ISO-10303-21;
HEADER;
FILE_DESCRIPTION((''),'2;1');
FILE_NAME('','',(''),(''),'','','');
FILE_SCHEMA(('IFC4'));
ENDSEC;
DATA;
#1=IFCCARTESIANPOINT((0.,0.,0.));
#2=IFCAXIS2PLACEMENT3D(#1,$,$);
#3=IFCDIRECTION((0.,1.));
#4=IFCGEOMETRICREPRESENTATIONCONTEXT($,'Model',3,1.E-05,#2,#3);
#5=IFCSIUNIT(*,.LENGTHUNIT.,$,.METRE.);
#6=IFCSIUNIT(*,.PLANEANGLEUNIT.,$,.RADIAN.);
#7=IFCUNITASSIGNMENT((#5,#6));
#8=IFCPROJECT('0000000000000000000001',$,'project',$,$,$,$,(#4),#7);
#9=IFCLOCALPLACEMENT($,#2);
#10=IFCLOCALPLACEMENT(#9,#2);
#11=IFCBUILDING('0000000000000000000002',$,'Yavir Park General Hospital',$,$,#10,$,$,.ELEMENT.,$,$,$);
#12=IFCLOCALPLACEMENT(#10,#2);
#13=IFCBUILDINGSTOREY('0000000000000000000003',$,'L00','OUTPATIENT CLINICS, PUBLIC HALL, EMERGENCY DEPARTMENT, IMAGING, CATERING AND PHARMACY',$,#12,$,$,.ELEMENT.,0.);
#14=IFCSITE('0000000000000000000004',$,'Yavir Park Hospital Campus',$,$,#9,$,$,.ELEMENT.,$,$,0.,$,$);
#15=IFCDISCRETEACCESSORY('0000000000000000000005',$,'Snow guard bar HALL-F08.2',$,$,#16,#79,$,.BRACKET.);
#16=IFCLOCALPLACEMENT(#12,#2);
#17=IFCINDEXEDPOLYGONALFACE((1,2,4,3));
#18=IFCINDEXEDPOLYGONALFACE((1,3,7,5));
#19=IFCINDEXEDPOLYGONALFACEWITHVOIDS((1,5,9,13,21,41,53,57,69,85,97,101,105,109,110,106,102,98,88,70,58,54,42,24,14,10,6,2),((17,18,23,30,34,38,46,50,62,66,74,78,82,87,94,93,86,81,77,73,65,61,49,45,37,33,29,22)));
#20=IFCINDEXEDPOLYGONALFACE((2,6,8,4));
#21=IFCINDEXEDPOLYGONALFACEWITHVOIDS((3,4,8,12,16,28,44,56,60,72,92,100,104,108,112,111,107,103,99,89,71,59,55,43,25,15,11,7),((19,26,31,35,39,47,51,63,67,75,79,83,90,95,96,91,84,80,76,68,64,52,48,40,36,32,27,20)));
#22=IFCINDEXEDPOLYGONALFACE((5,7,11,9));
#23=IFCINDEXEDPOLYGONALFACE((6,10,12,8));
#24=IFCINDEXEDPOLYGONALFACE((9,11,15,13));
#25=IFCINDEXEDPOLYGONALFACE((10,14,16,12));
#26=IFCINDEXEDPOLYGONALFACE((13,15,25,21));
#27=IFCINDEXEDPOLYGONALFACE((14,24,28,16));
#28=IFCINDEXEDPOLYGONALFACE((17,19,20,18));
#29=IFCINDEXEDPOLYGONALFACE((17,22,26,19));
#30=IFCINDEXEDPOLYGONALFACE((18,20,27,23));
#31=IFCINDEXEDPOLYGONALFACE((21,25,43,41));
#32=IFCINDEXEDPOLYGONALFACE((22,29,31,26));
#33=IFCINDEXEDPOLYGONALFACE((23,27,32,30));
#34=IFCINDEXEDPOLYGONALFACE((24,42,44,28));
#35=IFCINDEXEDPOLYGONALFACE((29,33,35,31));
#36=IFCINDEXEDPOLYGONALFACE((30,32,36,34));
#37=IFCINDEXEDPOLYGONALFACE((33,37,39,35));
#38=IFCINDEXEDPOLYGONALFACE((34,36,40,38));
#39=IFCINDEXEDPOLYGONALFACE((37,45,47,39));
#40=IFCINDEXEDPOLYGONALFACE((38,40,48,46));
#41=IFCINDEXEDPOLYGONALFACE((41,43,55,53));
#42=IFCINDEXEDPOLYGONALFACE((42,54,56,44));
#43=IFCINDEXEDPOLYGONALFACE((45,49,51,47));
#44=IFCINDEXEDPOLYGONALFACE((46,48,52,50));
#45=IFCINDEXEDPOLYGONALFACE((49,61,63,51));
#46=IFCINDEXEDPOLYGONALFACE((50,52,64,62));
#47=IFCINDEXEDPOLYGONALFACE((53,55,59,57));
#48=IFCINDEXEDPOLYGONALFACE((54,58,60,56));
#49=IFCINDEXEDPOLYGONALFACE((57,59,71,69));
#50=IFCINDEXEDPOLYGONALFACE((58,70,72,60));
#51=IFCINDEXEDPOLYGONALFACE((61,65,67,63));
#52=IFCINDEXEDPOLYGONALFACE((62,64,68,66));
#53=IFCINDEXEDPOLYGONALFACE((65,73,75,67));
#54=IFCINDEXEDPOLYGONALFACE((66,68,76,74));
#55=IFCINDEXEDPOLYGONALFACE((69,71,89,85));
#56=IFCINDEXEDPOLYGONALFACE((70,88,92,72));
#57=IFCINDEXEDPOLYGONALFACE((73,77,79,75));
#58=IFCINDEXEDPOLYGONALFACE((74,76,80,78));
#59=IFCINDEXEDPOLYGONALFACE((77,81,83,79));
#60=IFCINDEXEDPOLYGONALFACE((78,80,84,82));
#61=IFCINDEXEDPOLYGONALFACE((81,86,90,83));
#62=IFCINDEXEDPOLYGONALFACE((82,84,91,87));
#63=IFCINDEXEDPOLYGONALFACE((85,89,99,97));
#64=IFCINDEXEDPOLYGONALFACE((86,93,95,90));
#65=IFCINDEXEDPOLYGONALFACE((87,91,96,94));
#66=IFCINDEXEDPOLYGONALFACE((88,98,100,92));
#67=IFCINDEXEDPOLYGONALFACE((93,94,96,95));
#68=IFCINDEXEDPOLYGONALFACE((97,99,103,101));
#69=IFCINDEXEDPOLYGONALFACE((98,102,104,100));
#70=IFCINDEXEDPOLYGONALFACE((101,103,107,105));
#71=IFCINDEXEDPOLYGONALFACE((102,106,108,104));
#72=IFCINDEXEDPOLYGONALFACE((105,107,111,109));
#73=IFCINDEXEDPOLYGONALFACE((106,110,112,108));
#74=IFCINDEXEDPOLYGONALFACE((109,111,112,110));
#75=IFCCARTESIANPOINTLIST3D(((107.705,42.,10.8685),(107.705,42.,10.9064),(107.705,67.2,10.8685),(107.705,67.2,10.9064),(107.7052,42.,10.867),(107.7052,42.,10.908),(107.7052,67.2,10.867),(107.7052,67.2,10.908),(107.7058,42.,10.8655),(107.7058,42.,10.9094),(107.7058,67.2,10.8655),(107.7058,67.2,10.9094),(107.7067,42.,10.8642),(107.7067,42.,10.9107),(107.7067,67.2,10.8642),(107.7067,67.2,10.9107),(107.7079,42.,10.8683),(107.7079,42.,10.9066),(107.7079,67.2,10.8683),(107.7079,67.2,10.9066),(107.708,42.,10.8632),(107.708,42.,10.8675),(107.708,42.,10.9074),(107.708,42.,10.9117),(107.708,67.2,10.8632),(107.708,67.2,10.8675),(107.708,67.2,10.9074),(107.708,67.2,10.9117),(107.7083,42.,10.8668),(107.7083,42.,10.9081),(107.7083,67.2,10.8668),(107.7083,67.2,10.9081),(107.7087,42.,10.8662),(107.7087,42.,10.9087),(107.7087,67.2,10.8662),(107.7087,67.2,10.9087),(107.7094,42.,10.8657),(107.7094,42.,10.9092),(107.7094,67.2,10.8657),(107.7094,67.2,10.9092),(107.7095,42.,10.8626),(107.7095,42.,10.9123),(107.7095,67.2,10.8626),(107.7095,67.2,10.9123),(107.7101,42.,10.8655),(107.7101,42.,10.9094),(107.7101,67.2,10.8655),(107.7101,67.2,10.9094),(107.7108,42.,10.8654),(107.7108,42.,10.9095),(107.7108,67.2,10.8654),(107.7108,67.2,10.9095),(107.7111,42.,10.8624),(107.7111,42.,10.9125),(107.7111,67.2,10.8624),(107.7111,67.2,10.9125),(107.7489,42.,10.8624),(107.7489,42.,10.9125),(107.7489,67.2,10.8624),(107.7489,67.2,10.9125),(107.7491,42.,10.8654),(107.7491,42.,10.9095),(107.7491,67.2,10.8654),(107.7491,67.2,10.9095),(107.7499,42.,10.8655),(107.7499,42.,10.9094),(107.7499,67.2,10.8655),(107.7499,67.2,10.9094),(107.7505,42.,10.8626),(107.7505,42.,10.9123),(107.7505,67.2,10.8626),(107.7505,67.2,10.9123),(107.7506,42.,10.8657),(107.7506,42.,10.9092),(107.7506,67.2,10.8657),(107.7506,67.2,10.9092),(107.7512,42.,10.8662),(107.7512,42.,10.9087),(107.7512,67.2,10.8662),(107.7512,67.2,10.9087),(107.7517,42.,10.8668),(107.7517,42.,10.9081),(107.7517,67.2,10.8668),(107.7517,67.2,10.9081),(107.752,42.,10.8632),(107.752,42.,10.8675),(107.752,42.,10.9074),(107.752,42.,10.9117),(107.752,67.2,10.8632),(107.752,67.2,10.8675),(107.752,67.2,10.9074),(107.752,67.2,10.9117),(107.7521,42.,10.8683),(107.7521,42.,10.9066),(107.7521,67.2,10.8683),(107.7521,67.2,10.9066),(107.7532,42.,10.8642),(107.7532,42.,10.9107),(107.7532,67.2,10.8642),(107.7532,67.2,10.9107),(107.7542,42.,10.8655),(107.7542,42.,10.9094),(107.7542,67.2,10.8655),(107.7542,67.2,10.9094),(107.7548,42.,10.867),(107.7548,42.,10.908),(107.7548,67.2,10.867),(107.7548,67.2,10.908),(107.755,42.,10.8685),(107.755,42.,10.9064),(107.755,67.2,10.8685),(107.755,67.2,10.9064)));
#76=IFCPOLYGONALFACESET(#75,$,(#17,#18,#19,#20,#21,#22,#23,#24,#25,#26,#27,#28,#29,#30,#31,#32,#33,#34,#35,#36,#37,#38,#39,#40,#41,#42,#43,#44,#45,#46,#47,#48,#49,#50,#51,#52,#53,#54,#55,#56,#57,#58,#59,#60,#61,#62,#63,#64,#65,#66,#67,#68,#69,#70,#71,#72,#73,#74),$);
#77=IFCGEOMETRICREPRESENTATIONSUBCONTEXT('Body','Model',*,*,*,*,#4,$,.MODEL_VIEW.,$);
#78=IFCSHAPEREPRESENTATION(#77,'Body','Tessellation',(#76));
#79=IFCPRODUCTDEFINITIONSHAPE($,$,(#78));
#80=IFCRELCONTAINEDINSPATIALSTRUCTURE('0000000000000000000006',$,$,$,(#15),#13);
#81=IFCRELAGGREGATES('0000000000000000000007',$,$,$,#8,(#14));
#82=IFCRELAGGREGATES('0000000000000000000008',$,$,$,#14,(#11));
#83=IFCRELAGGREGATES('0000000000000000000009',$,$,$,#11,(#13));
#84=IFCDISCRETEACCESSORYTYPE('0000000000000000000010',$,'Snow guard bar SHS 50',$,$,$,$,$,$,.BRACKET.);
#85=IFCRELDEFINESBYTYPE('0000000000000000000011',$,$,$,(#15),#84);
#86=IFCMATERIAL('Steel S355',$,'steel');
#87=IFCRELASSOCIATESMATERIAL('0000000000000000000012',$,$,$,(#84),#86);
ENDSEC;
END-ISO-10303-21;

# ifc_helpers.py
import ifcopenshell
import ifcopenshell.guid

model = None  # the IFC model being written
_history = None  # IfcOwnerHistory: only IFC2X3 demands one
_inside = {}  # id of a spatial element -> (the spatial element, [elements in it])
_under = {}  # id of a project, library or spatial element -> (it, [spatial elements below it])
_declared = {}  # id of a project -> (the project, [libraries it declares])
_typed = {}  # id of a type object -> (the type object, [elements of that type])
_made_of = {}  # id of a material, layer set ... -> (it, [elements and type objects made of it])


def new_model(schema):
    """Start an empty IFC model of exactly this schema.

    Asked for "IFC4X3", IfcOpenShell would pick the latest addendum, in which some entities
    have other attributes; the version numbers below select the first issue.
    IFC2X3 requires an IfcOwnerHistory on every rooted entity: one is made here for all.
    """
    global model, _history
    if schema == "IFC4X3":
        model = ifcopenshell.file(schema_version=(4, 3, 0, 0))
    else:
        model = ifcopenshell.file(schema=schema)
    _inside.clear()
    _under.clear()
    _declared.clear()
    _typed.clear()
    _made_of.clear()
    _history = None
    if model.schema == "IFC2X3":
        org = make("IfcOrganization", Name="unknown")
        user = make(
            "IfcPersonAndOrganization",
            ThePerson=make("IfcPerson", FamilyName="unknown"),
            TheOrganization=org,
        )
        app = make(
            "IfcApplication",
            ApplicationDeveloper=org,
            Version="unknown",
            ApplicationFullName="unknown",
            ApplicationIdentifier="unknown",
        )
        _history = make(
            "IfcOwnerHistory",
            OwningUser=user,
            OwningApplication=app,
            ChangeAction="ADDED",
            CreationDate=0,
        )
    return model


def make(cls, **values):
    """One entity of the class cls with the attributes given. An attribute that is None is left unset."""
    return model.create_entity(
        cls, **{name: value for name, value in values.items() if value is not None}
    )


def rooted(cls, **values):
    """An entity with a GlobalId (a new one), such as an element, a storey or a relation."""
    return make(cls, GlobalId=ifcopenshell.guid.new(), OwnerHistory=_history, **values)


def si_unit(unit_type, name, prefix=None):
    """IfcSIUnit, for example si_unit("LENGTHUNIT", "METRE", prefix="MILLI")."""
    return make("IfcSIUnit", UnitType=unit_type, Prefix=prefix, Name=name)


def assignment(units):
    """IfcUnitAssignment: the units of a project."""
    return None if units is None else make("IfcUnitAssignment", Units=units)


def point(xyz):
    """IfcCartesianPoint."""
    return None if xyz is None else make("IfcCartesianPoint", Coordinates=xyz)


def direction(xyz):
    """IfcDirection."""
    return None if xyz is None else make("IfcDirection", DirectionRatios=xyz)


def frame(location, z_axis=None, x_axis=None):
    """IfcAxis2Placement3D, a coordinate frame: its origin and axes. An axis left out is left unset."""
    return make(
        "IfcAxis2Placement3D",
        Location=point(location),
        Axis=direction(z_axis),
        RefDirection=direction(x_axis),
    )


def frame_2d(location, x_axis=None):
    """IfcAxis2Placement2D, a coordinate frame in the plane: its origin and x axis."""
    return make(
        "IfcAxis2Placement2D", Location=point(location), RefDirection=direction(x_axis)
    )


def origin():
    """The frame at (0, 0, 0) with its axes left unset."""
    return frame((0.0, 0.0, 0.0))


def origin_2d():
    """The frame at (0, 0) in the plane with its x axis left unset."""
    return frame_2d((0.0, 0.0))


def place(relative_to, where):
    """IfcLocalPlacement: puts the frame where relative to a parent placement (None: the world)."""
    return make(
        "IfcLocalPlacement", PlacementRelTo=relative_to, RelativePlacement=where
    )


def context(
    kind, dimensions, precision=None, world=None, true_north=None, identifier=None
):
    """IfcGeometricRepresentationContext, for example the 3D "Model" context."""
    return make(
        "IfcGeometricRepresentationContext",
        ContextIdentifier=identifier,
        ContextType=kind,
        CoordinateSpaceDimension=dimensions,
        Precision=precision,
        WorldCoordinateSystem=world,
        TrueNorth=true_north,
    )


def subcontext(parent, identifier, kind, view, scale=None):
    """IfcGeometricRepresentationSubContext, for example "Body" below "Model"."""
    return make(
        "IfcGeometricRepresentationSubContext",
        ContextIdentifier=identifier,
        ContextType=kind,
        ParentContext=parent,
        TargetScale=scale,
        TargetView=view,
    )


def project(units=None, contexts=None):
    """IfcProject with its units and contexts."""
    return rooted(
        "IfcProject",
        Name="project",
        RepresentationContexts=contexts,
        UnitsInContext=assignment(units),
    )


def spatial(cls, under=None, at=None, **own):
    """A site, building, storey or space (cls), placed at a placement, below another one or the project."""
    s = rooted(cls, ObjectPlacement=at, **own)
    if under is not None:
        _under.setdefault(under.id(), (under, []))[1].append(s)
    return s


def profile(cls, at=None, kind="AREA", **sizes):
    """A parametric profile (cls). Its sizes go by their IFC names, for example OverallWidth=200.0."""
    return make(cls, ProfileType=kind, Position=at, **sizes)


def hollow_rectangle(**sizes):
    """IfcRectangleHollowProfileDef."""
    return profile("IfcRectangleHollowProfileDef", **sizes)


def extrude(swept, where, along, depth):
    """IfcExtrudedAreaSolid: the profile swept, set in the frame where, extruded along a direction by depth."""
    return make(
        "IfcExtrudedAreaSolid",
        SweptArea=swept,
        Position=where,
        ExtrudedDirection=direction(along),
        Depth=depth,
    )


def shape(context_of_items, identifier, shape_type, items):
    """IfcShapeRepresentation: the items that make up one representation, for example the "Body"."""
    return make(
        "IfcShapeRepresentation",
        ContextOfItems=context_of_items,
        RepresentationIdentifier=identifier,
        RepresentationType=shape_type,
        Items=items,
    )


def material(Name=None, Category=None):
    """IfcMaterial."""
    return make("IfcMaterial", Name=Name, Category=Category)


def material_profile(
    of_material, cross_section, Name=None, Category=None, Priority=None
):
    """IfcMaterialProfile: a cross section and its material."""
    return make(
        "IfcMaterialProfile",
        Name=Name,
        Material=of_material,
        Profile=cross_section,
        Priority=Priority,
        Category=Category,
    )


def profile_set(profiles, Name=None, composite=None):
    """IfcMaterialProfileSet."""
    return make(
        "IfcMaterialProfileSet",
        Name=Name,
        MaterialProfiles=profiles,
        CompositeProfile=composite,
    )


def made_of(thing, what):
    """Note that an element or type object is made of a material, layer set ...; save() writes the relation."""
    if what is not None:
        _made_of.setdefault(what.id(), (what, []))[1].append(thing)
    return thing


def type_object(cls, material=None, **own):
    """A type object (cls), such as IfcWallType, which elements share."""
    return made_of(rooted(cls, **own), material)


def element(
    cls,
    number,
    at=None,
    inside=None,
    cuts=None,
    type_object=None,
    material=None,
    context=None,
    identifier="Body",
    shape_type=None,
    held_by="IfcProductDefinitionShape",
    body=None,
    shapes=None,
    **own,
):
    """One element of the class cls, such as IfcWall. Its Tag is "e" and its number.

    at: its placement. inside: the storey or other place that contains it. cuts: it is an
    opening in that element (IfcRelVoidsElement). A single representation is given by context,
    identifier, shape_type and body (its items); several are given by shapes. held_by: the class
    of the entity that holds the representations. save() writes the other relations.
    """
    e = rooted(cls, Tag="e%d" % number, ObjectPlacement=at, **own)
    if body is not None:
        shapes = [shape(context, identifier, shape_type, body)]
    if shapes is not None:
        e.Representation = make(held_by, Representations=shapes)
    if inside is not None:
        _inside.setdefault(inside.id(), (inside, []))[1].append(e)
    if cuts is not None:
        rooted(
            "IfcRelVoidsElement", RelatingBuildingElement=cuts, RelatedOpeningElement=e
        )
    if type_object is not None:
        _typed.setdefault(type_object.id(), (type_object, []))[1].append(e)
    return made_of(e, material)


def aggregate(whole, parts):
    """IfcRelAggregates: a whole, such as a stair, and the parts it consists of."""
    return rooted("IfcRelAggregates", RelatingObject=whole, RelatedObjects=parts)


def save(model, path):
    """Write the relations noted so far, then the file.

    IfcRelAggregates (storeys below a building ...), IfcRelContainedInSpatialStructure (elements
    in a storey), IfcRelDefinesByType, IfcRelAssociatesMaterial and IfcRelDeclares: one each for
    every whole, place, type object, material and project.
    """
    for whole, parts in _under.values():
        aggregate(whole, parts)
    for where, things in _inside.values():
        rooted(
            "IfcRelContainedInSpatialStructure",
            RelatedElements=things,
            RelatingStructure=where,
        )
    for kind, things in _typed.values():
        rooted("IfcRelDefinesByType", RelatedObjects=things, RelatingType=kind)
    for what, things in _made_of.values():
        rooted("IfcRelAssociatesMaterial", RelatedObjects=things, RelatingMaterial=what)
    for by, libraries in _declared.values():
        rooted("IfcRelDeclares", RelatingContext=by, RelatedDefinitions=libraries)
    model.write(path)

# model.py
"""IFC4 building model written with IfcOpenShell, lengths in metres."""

from ifc_helpers import new_model, si_unit, direction, frame, origin, origin_2d, place, context, subcontext, project, spatial, hollow_rectangle, extrude, material, material_profile, profile_set, type_object, element, save


model = new_model("IFC4")

# Units and contexts
model_context = context("Model", 3, precision=1e-05, world=origin(), true_north=direction((0.0, 1.0)))
body_context = subcontext(model_context, "Body", "Model", "MODEL_VIEW")
ifc_project = project(units=[si_unit("LENGTHUNIT", "METRE"), si_unit("PLANEANGLEUNIT", "RADIAN")], contexts=[model_context])

# Site, building, storey
site_placement = place(None, origin())
site = spatial("IfcSite", under=ifc_project, at=site_placement, Name="Yavir Park Hospital Campus", CompositionType="ELEMENT", RefElevation=0.0)
building_placement = place(site_placement, origin())
building = spatial("IfcBuilding", under=site, at=building_placement, Name="Yavir Park General Hospital", CompositionType="ELEMENT")
storey_placement = place(building_placement, origin())
storey = spatial("IfcBuildingStorey", under=building, at=storey_placement, Name="L00", Description="OUTPATIENT CLINICS, PUBLIC HALL, EMERGENCY DEPARTMENT, IMAGING, CATERING AND PHARMACY", CompositionType="ELEMENT", Elevation=0.0)

# Discrete accessory
ifc_material_1 = material(Name="Steel S355", Category="steel")
ifc_material_profile_1 = material_profile(ifc_material_1, hollow_rectangle(XDim=0.05, YDim=0.05, WallThickness=0.0029, InnerFilletRadius=0.0029, OuterFilletRadius=0.0061, at=origin_2d()), Name="RHS50x50x3")
ifc_profile_set_1 = profile_set([ifc_material_profile_1], Name="Steel S355")
discrete_accessory_type = type_object("IfcDiscreteAccessoryType", Name="Snow guard bar SHS 50", PredefinedType="BRACKET", material=ifc_profile_set_1)
for number, where, z_axis, x_axis, name in (
    (1, (107.73, 42.0, 10.8875), (0.0, 1.0, 0.0), (-1.0, 0.0, 0.0), "Snow guard bar HALL-F08.2"),
):
    element("IfcDiscreteAccessory", number, at=place(storey_placement, frame(where, z_axis=z_axis, x_axis=x_axis)), inside=storey, type_object=discrete_accessory_type, Name=name, PredefinedType="BRACKET", context=body_context, shape_type="SweptSolid", body=[
        extrude(hollow_rectangle(XDim=0.05, YDim=0.05, WallThickness=0.0029, InnerFilletRadius=0.0029, OuterFilletRadius=0.0061, at=origin_2d()), origin(), (0.0, 0.0, 1.0), 25.2),
    ])

save(model, "model.ifc")
